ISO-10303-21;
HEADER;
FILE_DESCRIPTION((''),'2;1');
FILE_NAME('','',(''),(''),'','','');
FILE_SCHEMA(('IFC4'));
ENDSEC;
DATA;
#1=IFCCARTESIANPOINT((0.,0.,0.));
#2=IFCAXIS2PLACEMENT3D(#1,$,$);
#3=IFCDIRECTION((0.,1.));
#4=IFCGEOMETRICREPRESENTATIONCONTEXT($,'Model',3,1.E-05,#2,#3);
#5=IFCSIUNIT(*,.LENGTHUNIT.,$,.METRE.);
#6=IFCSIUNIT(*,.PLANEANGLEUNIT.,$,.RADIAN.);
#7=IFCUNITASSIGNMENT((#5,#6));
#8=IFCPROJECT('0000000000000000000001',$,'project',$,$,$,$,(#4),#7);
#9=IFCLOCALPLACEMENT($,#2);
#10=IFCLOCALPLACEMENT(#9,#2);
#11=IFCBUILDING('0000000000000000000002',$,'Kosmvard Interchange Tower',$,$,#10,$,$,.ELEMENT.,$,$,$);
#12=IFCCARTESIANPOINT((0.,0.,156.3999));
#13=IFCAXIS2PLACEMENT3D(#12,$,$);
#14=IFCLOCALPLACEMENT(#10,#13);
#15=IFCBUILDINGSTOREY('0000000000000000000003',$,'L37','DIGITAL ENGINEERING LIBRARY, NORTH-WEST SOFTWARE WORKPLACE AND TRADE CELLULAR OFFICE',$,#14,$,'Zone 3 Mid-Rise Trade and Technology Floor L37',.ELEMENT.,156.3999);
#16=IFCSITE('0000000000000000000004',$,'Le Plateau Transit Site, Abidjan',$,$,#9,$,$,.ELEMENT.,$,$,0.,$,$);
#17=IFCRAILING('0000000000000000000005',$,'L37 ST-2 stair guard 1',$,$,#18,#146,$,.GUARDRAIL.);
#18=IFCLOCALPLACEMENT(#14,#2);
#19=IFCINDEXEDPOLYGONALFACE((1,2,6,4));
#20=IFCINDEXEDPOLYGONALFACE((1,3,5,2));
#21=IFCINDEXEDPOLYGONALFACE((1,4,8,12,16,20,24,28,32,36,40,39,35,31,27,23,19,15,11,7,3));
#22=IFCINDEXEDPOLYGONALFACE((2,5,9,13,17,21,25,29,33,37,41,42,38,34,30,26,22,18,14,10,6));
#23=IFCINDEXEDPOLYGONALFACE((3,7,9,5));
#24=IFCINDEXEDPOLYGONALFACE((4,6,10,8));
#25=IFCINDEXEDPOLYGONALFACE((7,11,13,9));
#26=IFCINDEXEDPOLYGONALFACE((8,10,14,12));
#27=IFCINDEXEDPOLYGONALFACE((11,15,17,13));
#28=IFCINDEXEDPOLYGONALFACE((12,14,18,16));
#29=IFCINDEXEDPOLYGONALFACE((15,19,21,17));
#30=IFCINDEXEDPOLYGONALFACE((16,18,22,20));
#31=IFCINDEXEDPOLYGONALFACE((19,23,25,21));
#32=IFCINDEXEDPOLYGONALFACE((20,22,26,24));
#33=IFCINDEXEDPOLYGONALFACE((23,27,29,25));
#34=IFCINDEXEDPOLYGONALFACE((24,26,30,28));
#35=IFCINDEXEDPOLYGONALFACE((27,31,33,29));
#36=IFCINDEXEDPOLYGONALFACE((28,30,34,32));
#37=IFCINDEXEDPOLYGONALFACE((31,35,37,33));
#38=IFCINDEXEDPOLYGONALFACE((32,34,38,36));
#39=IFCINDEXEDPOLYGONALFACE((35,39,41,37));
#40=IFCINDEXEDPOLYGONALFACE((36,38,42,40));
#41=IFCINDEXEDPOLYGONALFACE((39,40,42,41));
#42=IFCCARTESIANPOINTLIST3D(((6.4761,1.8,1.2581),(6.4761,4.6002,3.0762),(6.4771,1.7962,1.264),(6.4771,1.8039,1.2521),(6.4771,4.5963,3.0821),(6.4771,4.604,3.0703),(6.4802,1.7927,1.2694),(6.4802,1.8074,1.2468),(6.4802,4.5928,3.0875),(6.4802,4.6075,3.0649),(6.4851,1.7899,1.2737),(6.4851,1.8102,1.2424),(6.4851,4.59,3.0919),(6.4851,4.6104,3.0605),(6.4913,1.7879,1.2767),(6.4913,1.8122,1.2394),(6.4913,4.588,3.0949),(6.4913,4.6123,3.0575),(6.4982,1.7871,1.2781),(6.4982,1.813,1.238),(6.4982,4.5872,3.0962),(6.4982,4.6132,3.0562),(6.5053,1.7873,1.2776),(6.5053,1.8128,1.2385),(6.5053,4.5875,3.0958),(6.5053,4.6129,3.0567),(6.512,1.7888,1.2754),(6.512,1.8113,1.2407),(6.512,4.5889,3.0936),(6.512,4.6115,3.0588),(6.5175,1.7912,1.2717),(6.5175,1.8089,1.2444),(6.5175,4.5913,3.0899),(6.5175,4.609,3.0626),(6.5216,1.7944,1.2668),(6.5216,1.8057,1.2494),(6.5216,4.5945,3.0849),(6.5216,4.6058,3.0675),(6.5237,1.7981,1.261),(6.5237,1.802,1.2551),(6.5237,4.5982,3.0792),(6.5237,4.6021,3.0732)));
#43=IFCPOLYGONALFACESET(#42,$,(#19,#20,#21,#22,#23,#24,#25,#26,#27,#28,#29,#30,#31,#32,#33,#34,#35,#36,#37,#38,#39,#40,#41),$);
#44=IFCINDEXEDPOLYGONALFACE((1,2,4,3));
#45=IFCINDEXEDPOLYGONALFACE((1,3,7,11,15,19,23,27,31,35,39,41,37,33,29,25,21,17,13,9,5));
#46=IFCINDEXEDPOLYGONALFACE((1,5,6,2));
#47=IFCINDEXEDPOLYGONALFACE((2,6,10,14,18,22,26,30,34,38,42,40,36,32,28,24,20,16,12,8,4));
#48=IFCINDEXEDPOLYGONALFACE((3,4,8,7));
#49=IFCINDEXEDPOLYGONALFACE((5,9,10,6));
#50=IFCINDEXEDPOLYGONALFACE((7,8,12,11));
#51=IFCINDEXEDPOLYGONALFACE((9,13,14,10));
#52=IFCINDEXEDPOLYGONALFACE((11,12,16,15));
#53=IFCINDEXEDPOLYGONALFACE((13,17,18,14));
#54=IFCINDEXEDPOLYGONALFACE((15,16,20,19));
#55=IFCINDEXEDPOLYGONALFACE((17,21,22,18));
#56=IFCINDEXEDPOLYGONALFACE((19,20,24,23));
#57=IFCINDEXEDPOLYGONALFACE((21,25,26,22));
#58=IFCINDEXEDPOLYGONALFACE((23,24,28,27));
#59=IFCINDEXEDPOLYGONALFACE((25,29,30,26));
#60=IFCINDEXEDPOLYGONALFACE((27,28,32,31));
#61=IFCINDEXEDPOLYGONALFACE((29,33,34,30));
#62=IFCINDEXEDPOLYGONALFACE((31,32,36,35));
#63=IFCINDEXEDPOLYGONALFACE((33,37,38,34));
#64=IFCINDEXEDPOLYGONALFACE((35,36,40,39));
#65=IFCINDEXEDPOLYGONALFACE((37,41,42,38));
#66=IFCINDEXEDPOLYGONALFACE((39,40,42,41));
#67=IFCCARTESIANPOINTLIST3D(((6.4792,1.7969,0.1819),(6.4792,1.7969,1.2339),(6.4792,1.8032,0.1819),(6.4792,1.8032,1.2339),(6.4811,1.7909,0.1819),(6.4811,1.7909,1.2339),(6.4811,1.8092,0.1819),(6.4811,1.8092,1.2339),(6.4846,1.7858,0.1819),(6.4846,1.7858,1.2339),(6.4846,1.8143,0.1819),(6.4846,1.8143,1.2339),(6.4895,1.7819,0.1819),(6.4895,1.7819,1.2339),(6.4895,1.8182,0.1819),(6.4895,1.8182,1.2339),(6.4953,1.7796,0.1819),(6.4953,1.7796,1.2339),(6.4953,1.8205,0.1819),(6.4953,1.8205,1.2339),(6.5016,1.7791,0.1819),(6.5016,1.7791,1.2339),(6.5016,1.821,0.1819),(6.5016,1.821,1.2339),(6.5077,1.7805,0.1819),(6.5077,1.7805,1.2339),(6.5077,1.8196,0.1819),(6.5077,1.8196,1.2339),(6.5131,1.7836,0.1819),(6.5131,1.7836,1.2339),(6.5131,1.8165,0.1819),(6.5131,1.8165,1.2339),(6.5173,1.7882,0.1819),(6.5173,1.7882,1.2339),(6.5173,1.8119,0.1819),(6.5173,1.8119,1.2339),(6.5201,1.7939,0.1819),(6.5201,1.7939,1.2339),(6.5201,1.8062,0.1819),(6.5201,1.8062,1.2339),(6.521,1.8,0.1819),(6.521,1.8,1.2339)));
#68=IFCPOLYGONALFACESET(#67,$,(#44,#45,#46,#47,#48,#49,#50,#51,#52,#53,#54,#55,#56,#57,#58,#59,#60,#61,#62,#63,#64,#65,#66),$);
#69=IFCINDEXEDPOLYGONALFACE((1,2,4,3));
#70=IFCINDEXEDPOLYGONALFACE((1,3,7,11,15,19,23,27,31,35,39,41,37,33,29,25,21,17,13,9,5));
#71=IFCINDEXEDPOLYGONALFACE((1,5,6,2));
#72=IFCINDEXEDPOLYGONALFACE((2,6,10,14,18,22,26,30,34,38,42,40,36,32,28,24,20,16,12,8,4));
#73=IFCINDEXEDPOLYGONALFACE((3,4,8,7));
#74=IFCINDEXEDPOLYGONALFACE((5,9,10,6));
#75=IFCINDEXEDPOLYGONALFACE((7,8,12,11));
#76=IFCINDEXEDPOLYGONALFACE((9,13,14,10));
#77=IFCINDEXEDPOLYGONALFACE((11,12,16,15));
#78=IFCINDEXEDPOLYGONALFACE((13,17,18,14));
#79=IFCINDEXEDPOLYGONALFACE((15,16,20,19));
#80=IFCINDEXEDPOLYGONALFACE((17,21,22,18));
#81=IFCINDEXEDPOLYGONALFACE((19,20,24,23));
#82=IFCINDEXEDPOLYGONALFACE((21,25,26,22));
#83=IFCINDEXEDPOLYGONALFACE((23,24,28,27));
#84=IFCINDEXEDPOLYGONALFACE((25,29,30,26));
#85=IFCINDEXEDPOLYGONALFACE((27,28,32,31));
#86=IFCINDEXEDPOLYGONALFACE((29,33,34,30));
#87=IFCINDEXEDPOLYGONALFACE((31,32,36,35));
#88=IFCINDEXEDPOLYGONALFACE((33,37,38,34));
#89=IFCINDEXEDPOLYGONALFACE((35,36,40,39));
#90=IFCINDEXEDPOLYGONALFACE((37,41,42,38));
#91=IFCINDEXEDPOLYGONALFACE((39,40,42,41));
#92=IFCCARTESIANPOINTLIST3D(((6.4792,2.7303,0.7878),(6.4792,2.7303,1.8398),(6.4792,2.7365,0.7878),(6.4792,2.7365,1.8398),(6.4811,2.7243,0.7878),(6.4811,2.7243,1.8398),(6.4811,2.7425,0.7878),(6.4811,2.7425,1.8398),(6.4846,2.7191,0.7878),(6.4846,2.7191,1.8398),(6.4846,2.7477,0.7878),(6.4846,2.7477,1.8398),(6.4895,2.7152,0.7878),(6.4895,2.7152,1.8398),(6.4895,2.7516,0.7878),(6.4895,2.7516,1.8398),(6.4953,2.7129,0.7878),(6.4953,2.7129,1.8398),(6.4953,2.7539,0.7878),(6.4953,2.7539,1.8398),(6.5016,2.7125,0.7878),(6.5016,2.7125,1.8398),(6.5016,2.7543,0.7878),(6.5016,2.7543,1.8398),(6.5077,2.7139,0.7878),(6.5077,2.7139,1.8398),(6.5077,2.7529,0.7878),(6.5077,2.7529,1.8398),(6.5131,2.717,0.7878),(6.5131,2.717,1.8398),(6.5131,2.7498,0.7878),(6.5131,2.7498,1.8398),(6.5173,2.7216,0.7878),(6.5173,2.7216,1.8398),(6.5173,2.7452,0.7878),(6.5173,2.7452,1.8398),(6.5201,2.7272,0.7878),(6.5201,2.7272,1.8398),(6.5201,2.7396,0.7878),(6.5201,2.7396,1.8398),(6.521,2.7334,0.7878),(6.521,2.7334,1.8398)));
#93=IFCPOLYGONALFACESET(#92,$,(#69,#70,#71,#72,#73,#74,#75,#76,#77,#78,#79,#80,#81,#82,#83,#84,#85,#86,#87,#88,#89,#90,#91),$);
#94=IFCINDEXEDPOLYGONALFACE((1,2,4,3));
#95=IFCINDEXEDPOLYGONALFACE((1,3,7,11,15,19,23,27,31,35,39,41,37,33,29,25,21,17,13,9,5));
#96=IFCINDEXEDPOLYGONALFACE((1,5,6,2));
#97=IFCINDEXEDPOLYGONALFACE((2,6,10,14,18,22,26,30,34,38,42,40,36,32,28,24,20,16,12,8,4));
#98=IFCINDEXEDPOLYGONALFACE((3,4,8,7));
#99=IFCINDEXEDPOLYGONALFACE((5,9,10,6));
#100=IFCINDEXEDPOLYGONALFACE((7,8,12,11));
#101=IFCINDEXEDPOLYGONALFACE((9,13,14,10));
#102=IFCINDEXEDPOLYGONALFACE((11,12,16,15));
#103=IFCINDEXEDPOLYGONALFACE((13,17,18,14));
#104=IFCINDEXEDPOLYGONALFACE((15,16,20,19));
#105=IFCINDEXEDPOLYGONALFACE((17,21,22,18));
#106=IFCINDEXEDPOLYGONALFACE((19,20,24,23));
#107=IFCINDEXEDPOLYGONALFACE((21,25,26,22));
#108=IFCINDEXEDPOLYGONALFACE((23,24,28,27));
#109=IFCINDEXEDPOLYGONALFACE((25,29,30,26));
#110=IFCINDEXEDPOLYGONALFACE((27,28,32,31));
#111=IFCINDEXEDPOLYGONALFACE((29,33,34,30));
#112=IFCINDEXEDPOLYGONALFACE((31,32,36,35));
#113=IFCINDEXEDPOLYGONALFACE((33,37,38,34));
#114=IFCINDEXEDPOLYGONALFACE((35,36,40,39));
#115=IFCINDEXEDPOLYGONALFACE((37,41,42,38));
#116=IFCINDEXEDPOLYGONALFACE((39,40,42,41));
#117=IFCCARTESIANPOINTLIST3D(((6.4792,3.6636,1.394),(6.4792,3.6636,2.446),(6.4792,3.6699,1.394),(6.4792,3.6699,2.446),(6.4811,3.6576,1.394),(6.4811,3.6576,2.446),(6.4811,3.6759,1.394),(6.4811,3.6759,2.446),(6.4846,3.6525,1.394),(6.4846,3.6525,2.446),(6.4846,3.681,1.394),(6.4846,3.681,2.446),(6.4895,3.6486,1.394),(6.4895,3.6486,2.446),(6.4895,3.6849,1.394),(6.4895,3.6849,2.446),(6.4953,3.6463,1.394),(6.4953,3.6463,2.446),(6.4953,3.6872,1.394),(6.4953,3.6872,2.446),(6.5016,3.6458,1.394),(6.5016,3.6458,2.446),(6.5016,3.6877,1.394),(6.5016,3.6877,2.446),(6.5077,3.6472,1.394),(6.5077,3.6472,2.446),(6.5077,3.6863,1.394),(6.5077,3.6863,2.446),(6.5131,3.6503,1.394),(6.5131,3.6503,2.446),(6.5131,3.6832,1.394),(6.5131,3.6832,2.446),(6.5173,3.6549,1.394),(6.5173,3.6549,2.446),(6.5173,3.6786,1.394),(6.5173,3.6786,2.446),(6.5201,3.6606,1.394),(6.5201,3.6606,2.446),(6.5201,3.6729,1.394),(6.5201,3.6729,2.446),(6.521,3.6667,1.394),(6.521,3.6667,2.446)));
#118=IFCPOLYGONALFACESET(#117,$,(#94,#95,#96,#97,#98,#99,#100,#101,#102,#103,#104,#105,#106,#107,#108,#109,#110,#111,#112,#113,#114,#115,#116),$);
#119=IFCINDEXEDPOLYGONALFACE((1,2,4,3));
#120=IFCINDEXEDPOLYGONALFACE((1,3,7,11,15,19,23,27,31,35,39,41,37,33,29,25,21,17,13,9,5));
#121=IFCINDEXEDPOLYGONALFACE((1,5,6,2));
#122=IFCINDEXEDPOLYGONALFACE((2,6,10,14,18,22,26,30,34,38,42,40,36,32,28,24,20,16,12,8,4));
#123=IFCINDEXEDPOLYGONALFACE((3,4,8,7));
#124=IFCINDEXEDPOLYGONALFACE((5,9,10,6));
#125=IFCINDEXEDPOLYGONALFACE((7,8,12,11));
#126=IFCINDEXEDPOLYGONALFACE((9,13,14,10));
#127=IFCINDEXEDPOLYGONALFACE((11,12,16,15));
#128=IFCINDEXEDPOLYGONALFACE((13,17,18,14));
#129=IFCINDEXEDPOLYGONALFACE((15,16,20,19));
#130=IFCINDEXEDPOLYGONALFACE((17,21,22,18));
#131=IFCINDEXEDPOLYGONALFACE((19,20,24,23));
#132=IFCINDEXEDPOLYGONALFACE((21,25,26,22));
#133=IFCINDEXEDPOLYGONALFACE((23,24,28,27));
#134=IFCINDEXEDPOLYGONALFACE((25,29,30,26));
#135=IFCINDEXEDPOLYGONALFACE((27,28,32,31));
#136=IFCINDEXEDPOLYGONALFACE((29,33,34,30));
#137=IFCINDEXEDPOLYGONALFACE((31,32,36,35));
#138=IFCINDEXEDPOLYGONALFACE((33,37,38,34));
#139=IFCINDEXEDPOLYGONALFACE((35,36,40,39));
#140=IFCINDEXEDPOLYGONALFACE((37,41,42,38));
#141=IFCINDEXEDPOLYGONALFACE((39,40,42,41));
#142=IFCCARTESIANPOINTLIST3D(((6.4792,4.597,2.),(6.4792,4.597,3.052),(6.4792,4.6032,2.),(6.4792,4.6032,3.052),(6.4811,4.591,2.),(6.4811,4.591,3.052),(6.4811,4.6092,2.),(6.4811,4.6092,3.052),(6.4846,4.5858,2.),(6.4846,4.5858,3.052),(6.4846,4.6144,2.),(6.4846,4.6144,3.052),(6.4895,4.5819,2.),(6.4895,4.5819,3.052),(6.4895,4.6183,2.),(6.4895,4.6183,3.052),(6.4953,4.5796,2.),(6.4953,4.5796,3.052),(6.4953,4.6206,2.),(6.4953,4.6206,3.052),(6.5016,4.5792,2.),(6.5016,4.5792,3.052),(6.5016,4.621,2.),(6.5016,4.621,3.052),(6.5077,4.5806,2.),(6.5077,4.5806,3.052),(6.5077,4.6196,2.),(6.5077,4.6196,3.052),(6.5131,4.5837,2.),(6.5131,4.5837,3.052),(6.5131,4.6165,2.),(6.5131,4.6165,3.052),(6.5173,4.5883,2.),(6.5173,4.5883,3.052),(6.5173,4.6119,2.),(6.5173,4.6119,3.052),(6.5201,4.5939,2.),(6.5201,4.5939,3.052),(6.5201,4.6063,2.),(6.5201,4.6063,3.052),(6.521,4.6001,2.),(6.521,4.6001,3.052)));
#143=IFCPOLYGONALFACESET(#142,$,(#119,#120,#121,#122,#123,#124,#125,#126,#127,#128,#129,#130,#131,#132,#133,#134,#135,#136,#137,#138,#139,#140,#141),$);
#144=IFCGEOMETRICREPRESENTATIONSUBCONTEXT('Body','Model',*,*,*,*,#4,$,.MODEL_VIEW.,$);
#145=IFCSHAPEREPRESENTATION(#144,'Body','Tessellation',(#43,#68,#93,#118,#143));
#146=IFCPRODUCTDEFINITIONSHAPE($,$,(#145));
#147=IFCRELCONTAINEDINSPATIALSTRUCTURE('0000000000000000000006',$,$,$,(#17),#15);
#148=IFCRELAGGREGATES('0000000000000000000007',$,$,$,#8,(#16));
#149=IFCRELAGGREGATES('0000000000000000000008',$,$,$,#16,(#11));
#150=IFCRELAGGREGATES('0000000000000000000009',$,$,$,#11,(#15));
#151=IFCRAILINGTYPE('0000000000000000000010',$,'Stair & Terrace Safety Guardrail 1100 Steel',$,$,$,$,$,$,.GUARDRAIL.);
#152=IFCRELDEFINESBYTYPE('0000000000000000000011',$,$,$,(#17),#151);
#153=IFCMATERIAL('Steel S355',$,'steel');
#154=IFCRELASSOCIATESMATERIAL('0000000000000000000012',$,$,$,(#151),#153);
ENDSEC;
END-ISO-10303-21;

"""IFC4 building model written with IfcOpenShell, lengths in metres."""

from ifc_helpers import new_model, si_unit, direction, frame, origin, origin_2d, place, context, subcontext, project, spatial, circle, extrude, source, transform, mapped, material, type_object, element, save


model = new_model("IFC4")

# Units and contexts
model_context = context("Model", 3, precision=1e-05, world=origin(), true_north=direction((0.0, 1.0)))
body_context = subcontext(model_context, "Body", "Model", "MODEL_VIEW")
ifc_project = project(units=[si_unit("LENGTHUNIT", "METRE"), si_unit("PLANEANGLEUNIT", "RADIAN")], contexts=[model_context])

# Site, building, storey
site_placement = place(None, origin())
site = spatial("IfcSite", under=ifc_project, at=site_placement, Name="Le Plateau Transit Site, Abidjan", CompositionType="ELEMENT", RefElevation=0.0)
building_placement = place(site_placement, origin())
building = spatial("IfcBuilding", under=site, at=building_placement, Name="Kosmvard Interchange Tower", CompositionType="ELEMENT")
storey_placement = place(building_placement, frame((0.0, 0.0, 156.3999)))
storey = spatial("IfcBuildingStorey", under=building, at=storey_placement, Name="L37", Description="DIGITAL ENGINEERING LIBRARY, NORTH-WEST SOFTWARE WORKPLACE AND TRADE CELLULAR OFFICE", LongName="Zone 3 Mid-Rise Trade and Technology Floor L37", CompositionType="ELEMENT", Elevation=156.3999)

# Shared definitions
ifc_material_1 = material(Name="Steel S355", Category="steel")

# Railing
railing_type_1 = type_object("IfcRailingType", Name="Stair & Terrace Safety Guardrail 1100 Steel", PredefinedType="GUARDRAIL", material=ifc_material_1)
shared_shape_1 = source(origin(), body_context, "Body", "SweptSolid", [
    extrude(circle(Radius=0.0239, at=origin_2d()), frame((0.0, 0.0, 1.0762), z_axis=(0.0, 0.838706, 0.544585), x_axis=(-1.0, 0.0, 0.0)), (0.0, 0.0, 1.0), 3.3386),
    extrude(circle(Radius=0.021, at=origin_2d()), origin(), (0.0, 0.0, 1.0), 1.052),
    extrude(circle(Radius=0.021, at=origin_2d()), frame((0.0, 0.9333, 0.606)), (0.0, 0.0, 1.0), 1.052),
    extrude(circle(Radius=0.021, at=origin_2d()), frame((0.0, 1.8667, 1.2122)), (0.0, 0.0, 1.0), 1.052),
    extrude(circle(Radius=0.021, at=origin_2d()), frame((0.0, 2.8, 1.8181)), (0.0, 0.0, 1.0), 1.052),
])
railing_1_placement = place(storey_placement, frame((6.5, 1.8, 0.1819)))
element("IfcRailing", 1, at=railing_1_placement, inside=storey, type_object=railing_type_1, Name="L37 ST-2 stair guard 1", PredefinedType="GUARDRAIL", context=body_context, shape_type="MappedRepresentation", body=[
    mapped(shared_shape_1, transform((0.0, 0.0, 0.0), scale=1.0)),
])

save(model, "model.ifc")
